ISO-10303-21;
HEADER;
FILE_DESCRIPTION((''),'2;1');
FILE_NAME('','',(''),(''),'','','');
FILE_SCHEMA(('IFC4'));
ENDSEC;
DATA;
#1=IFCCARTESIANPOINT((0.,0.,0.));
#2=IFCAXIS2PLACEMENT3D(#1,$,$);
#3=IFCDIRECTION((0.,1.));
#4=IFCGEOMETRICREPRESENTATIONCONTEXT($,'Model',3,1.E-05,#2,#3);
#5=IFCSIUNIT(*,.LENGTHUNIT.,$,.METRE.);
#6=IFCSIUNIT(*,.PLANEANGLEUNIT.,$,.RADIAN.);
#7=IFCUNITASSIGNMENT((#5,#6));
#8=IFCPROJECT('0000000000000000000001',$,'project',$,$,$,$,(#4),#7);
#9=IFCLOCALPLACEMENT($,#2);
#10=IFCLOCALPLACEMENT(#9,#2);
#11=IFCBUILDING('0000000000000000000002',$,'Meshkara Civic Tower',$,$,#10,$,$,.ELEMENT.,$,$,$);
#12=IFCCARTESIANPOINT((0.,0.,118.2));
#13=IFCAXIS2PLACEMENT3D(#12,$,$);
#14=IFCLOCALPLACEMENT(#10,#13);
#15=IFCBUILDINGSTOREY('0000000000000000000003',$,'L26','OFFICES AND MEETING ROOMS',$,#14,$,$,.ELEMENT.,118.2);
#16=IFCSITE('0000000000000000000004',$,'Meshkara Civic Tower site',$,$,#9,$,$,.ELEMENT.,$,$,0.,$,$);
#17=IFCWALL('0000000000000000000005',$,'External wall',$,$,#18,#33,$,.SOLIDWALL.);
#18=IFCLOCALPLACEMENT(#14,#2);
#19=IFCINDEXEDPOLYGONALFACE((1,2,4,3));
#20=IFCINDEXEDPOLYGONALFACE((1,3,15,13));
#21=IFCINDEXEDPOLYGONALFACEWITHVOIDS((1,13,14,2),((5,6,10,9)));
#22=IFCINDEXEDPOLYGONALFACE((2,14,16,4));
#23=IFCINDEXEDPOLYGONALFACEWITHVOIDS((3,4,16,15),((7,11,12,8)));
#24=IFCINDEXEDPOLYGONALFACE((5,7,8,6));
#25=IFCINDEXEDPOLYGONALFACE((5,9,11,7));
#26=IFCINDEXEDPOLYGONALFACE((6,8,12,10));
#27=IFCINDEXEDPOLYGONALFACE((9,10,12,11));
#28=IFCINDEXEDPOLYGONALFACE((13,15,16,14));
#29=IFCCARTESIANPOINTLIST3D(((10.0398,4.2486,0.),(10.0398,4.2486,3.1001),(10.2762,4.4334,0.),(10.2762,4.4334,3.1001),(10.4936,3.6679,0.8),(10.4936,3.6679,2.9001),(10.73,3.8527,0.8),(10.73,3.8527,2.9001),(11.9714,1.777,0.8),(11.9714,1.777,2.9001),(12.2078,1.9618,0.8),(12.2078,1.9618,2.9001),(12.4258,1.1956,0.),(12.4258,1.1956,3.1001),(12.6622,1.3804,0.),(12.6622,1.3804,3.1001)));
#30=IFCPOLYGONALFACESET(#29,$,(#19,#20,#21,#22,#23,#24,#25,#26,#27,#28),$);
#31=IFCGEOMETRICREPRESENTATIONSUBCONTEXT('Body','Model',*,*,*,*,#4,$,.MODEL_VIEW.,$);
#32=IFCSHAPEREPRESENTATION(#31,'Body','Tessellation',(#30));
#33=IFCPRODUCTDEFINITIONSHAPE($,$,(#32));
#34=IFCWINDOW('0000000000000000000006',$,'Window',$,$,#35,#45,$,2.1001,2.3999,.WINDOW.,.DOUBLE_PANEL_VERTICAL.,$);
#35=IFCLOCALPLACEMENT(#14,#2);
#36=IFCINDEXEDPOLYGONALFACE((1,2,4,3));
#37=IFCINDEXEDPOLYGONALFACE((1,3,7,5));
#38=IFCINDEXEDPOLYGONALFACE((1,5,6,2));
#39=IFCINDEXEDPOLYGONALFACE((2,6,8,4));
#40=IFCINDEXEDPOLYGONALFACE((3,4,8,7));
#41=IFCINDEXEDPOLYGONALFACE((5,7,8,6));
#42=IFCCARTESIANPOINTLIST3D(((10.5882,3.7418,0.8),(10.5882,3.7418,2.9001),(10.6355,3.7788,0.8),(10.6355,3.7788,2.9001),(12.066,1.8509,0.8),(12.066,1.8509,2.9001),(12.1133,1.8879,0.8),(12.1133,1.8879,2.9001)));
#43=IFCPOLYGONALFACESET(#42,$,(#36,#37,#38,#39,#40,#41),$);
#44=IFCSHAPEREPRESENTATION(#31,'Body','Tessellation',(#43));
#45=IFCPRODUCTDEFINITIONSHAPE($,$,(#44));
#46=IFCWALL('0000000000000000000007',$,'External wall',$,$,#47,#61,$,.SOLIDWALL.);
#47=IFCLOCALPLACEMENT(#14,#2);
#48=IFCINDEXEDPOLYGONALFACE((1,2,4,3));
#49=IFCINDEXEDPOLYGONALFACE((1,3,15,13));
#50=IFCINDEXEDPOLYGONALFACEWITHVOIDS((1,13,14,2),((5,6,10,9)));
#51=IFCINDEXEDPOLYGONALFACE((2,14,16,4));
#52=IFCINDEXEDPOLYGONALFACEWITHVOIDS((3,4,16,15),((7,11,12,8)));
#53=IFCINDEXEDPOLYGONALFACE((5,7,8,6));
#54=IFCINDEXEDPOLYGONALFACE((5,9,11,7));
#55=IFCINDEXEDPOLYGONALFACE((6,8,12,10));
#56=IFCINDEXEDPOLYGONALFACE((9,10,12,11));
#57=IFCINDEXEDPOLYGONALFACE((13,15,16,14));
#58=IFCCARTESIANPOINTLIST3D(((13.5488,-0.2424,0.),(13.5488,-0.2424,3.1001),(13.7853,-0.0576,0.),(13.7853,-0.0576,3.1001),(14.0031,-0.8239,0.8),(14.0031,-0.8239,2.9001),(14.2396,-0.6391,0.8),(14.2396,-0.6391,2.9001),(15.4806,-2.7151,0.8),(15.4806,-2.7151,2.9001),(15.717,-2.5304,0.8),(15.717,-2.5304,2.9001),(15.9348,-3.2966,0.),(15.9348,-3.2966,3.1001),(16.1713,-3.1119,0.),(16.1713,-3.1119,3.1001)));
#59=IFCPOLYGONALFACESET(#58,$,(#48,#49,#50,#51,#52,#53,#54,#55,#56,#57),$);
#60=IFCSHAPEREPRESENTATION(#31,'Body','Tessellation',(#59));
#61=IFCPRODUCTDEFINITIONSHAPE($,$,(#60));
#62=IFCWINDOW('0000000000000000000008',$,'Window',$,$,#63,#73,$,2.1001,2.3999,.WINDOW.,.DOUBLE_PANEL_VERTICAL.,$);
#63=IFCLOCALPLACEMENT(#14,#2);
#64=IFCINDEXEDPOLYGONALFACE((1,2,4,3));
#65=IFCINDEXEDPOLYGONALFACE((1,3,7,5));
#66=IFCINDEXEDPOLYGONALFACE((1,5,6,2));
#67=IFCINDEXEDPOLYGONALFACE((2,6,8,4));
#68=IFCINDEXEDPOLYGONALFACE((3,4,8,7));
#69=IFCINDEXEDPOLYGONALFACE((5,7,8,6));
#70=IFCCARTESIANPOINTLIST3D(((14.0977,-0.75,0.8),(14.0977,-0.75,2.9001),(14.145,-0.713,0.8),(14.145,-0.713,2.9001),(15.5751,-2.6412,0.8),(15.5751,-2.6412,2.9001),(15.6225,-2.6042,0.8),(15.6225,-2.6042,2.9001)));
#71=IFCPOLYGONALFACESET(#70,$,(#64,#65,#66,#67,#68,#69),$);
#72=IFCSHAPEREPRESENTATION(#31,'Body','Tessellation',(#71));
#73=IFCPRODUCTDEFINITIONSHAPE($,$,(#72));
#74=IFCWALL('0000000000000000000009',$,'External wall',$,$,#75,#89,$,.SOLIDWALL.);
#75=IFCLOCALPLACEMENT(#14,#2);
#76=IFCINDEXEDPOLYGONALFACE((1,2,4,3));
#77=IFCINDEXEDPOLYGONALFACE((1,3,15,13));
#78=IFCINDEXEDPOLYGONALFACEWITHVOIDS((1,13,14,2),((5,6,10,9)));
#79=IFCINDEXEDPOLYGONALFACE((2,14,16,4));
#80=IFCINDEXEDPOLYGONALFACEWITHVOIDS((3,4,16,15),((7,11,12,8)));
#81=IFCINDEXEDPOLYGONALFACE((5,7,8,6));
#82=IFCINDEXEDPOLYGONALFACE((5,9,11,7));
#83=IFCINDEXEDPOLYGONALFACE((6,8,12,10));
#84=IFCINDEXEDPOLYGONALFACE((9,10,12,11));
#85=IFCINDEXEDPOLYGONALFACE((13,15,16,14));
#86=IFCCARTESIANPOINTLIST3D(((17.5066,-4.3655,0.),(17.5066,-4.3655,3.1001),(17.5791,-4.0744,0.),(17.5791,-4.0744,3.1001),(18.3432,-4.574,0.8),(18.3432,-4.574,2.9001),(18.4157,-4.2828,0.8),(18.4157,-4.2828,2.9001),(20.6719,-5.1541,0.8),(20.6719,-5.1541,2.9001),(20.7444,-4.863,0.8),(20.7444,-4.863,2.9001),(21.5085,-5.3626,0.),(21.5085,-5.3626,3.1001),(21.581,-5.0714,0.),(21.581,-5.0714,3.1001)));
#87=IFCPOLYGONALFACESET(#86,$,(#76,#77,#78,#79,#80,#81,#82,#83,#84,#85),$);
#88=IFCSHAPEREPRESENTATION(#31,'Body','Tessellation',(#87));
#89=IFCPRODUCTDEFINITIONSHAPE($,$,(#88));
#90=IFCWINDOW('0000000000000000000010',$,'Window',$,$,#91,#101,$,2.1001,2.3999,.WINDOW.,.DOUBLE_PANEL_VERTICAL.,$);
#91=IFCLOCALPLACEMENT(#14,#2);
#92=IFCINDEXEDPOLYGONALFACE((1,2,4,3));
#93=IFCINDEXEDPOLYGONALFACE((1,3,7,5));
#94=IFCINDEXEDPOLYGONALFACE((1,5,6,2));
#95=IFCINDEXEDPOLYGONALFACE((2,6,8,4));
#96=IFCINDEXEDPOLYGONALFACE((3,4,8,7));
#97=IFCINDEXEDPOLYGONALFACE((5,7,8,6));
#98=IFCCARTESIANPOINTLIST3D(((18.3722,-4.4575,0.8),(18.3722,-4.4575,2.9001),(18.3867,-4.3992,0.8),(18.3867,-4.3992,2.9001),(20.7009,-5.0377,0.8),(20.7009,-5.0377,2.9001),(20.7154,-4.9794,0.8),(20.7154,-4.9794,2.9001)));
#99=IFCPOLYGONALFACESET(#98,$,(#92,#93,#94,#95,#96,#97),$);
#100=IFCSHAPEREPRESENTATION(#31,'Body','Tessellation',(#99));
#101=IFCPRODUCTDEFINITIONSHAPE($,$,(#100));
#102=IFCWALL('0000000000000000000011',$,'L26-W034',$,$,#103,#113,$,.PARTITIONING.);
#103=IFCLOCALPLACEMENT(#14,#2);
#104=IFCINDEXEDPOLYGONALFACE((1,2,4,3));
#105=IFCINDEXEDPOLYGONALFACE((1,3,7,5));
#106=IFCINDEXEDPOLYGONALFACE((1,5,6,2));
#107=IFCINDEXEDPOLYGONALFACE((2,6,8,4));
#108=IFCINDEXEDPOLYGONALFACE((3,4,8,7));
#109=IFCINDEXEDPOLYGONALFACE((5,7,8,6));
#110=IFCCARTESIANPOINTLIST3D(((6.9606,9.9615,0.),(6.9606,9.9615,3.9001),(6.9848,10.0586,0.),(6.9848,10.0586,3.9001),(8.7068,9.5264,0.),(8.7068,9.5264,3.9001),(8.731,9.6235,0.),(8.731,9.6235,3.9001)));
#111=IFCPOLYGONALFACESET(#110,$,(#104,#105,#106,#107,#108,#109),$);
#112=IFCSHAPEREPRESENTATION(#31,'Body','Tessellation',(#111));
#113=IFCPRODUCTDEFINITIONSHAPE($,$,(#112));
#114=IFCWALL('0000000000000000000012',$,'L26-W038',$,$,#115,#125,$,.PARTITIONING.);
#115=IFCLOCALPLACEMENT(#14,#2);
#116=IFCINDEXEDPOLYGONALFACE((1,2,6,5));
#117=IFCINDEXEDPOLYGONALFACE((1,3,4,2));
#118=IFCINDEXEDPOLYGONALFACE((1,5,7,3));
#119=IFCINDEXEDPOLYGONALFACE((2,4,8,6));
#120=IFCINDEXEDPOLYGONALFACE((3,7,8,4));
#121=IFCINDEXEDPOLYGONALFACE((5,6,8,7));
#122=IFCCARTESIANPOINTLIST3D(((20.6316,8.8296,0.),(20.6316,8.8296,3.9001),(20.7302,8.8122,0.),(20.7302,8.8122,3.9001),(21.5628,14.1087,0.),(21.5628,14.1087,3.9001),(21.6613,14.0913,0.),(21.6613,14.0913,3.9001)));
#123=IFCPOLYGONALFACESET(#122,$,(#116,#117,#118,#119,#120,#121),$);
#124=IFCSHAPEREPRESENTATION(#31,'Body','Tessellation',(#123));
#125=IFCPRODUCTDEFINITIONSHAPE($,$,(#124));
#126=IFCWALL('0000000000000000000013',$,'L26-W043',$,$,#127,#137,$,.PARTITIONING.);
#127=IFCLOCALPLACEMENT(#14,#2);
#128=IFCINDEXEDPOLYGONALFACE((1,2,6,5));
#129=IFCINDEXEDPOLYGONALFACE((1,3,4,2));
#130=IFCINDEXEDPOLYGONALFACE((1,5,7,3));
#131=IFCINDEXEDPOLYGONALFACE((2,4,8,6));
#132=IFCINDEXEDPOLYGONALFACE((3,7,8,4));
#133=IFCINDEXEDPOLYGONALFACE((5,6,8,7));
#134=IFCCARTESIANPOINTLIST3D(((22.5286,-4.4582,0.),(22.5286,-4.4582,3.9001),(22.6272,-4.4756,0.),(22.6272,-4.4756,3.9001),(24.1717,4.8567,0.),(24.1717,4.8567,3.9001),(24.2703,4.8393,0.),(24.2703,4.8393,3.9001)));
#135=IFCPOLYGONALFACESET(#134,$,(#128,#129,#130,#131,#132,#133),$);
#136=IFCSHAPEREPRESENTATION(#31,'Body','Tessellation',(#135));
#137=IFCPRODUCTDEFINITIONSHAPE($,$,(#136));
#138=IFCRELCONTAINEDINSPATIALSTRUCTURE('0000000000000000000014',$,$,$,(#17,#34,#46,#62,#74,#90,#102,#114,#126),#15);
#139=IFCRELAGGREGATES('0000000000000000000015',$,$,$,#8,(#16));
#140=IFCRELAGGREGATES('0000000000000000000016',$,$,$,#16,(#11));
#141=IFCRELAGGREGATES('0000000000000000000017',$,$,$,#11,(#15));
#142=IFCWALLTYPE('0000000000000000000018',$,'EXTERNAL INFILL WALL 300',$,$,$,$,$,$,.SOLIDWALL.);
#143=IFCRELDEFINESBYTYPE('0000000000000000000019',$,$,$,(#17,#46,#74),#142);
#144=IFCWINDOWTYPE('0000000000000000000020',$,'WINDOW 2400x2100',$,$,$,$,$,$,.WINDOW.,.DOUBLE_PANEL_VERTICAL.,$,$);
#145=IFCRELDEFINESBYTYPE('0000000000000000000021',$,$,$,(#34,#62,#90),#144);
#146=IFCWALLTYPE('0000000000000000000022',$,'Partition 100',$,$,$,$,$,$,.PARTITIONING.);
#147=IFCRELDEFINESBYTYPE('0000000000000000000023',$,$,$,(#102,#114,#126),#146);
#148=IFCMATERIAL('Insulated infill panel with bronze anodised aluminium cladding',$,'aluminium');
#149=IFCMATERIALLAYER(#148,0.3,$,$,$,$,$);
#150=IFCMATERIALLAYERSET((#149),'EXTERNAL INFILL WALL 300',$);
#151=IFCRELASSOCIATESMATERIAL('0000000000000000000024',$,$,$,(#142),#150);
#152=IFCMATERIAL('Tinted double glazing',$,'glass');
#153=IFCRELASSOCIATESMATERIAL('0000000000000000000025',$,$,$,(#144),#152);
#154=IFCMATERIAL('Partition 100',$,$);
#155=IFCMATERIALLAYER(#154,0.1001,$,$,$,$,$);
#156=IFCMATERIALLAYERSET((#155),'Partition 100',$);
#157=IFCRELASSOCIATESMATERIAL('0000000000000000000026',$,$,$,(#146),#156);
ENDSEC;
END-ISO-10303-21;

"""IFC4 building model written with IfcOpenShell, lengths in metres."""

from ifc_helpers import new_model, si_unit, direction, frame, frame_2d, origin, place, context, subcontext, project, spatial, rectangle, extrude, material, layer, layer_set, type_object, element, fill, save


model = new_model("IFC4")

# Units and contexts
model_context = context("Model", 3, precision=1e-05, world=origin(), true_north=direction((0.0, 1.0)))
body_context = subcontext(model_context, "Body", "Model", "MODEL_VIEW")
ifc_project = project(units=[si_unit("LENGTHUNIT", "METRE"), si_unit("PLANEANGLEUNIT", "RADIAN")], contexts=[model_context])

# Site, building, storey
site_placement = place(None, origin())
site = spatial("IfcSite", under=ifc_project, at=site_placement, Name="Meshkara Civic Tower site", CompositionType="ELEMENT", RefElevation=0.0)
building_placement = place(site_placement, origin())
building = spatial("IfcBuilding", under=site, at=building_placement, Name="Meshkara Civic Tower", CompositionType="ELEMENT")
storey_placement = place(building_placement, frame((0.0, 0.0, 118.2)))
storey = spatial("IfcBuildingStorey", under=building, at=storey_placement, Name="L26", Description="OFFICES AND MEETING ROOMS", CompositionType="ELEMENT", Elevation=118.2)

# Walls, openings, windows
ifc_material_1 = material(Name="Insulated infill panel with bronze anodised aluminium cladding", Category="aluminium")
ifc_layer_1 = layer(ifc_material_1, 0.3)
ifc_layer_set_1 = layer_set([ifc_layer_1], Name="EXTERNAL INFILL WALL 300")
wall_type_1 = type_object("IfcWallType", Name="EXTERNAL INFILL WALL 300", PredefinedType="SOLIDWALL", material=ifc_layer_set_1)
wall_1_placement = place(storey_placement, frame((10.158, 4.3411, 0.0), z_axis=(0.0, 0.0, 1.0), x_axis=(0.61578, -0.787918, 0.0)))
wall_1 = element("IfcWall", 1, at=wall_1_placement, inside=storey, type_object=wall_type_1, Name="External wall", PredefinedType="SOLIDWALL", context=body_context, shape_type="SweptSolid", body=[
    extrude(rectangle(XDim=3.8748, YDim=0.3, at=frame_2d((1.9375, 0.0))), origin(), (0.0, 0.0, 1.0), 3.1001),
])
opening_1_placement = place(wall_1_placement, frame((0.7371, 0.0, 0.8)))
opening_1 = element("IfcOpeningElement", 2, at=opening_1_placement, cuts=wall_1, PredefinedType="OPENING", context=body_context, shape_type="SweptSolid", body=[
    extrude(rectangle(XDim=2.3999, YDim=2.1001, at=frame_2d((1.2, 1.05))), frame((0.0, 0.1599, 0.0), z_axis=(0.0, -1.0, 0.0), x_axis=(1.0, 0.0, 0.0)), (0.0, 0.0, 1.0), 0.3201),
])
ifc_material_2 = material(Name="Tinted double glazing", Category="glass")
window_type = type_object("IfcWindowType", Name="WINDOW 2400x2100", PartitioningType="DOUBLE_PANEL_VERTICAL", PredefinedType="WINDOW", material=ifc_material_2)
window_1_placement = place(opening_1_placement, origin())
window_1 = element("IfcWindow", 3, at=window_1_placement, inside=storey, type_object=window_type, Name="Window", OverallHeight=2.1001, OverallWidth=2.3999, PartitioningType="DOUBLE_PANEL_VERTICAL", PredefinedType="WINDOW", context=body_context, shape_type="SweptSolid", body=[
    extrude(rectangle(XDim=2.3999, YDim=2.1001, at=frame_2d((1.2, 1.05))), frame((0.0, 0.03, 0.0), z_axis=(0.0, -1.0, 0.0), x_axis=(1.0, 0.0, 0.0)), (0.0, 0.0, 1.0), 0.0601),
])
fill(opening_1, window_1)
wall_2_placement = place(storey_placement, frame((13.667, -0.1499, 0.0), z_axis=(0.0, 0.0, 1.0), x_axis=(0.615627, -0.788038, 0.0)))
wall_2 = element("IfcWall", 4, at=wall_2_placement, inside=storey, type_object=wall_type_1, Name="External wall", PredefinedType="SOLIDWALL", context=body_context, shape_type="SweptSolid", body=[
    extrude(rectangle(XDim=3.8757, YDim=0.3, at=frame_2d((1.938, 0.0))), origin(), (0.0, 0.0, 1.0), 3.1001),
])
opening_2_placement = place(wall_2_placement, frame((0.738, 0.0, 0.8)))
opening_2 = element("IfcOpeningElement", 5, at=opening_2_placement, cuts=wall_2, PredefinedType="OPENING", context=body_context, shape_type="SweptSolid", body=[
    extrude(rectangle(XDim=2.3999, YDim=2.1001, at=frame_2d((1.2, 1.05))), frame((0.0, 0.1599, 0.0), z_axis=(0.0, -1.0, 0.0), x_axis=(1.0, 0.0, 0.0)), (0.0, 0.0, 1.0), 0.3201),
])
window_2_placement = place(opening_2_placement, origin())
window_2 = element("IfcWindow", 6, at=window_2_placement, inside=storey, type_object=window_type, Name="Window", OverallHeight=2.1001, OverallWidth=2.3999, PartitioningType="DOUBLE_PANEL_VERTICAL", PredefinedType="WINDOW", context=body_context, shape_type="SweptSolid", body=[
    extrude(rectangle(XDim=2.3999, YDim=2.1001, at=frame_2d((1.2, 1.05))), frame((0.0, 0.03, 0.0), z_axis=(0.0, -1.0, 0.0), x_axis=(1.0, 0.0, 0.0)), (0.0, 0.0, 1.0), 0.0601),
])
fill(opening_2, window_2)
wall_3_placement = place(storey_placement, frame((17.543, -4.22, 0.0), z_axis=(0.0, 0.0, 1.0), x_axis=(0.970337, -0.241756, 0.0)))
wall_3 = element("IfcWall", 7, at=wall_3_placement, inside=storey, type_object=wall_type_1, Name="External wall", PredefinedType="SOLIDWALL", context=body_context, shape_type="SweptSolid", body=[
    extrude(rectangle(XDim=4.1243, YDim=0.3, at=frame_2d((2.062, 0.0))), origin(), (0.0, 0.0, 1.0), 3.1001),
])
opening_3_placement = place(wall_3_placement, frame((0.8621, 0.0, 0.8)))
opening_3 = element("IfcOpeningElement", 8, at=opening_3_placement, cuts=wall_3, PredefinedType="OPENING", context=body_context, shape_type="SweptSolid", body=[
    extrude(rectangle(XDim=2.3999, YDim=2.1001, at=frame_2d((1.2, 1.05))), frame((0.0, 0.1599, 0.0), z_axis=(0.0, -1.0, 0.0), x_axis=(1.0, 0.0, 0.0)), (0.0, 0.0, 1.0), 0.3201),
])
window_3_placement = place(opening_3_placement, origin())
window_3 = element("IfcWindow", 9, at=window_3_placement, inside=storey, type_object=window_type, Name="Window", OverallHeight=2.1001, OverallWidth=2.3999, PartitioningType="DOUBLE_PANEL_VERTICAL", PredefinedType="WINDOW", context=body_context, shape_type="SweptSolid", body=[
    extrude(rectangle(XDim=2.3999, YDim=2.1001, at=frame_2d((1.2, 1.05))), frame((0.0, 0.03, 0.0), z_axis=(0.0, -1.0, 0.0), x_axis=(1.0, 0.0, 0.0)), (0.0, 0.0, 1.0), 0.0601),
])
fill(opening_3, window_3)

# Walls
ifc_material_3 = material(Name="Partition 100")
ifc_layer_2 = layer(ifc_material_3, 0.1001)
ifc_layer_set_2 = layer_set([ifc_layer_2], Name="Partition 100")
wall_type_2 = type_object("IfcWallType", Name="Partition 100", PredefinedType="PARTITIONING", material=ifc_layer_set_2)
wall_4_placement = place(storey_placement, frame((8.719, 9.575, 0.0), z_axis=(0.0, 0.0, 1.0), x_axis=(-0.970334, 0.241769, 0.0)))
element("IfcWall", 10, at=wall_4_placement, inside=storey, type_object=wall_type_2, Name="L26-W034", PredefinedType="PARTITIONING", context=body_context, shape_type="SweptSolid", body=[
    extrude(rectangle(XDim=1.7996, YDim=0.1001, at=frame_2d((0.8999, 0.0))), origin(), (0.0, 0.0, 1.0), 3.9001),
])
wall_5_placement = place(storey_placement, frame((20.6809, 8.821, 0.0), z_axis=(0.0, 0.0, 1.0), x_axis=(0.173705, 0.984798, 0.0)))
element("IfcWall", 11, at=wall_5_placement, inside=storey, type_object=wall_type_2, Name="L26-W038", PredefinedType="PARTITIONING", context=body_context, shape_type="SweptSolid", body=[
    extrude(rectangle(XDim=5.3606, YDim=0.1001, at=frame_2d((2.6802, 0.0))), origin(), (0.0, 0.0, 1.0), 3.9001),
])
wall_6_placement = place(storey_placement, frame((22.5779, -4.467, 0.0), z_axis=(0.0, 0.0, 1.0), x_axis=(0.173709, 0.984797, 0.0)))
element("IfcWall", 12, at=wall_6_placement, inside=storey, type_object=wall_type_2, Name="L26-W043", PredefinedType="PARTITIONING", context=body_context, shape_type="SweptSolid", body=[
    extrude(rectangle(XDim=9.4587, YDim=0.1001, at=frame_2d((4.7295, 0.0))), origin(), (0.0, 0.0, 1.0), 3.9001),
])

save(model, "model.ifc")
